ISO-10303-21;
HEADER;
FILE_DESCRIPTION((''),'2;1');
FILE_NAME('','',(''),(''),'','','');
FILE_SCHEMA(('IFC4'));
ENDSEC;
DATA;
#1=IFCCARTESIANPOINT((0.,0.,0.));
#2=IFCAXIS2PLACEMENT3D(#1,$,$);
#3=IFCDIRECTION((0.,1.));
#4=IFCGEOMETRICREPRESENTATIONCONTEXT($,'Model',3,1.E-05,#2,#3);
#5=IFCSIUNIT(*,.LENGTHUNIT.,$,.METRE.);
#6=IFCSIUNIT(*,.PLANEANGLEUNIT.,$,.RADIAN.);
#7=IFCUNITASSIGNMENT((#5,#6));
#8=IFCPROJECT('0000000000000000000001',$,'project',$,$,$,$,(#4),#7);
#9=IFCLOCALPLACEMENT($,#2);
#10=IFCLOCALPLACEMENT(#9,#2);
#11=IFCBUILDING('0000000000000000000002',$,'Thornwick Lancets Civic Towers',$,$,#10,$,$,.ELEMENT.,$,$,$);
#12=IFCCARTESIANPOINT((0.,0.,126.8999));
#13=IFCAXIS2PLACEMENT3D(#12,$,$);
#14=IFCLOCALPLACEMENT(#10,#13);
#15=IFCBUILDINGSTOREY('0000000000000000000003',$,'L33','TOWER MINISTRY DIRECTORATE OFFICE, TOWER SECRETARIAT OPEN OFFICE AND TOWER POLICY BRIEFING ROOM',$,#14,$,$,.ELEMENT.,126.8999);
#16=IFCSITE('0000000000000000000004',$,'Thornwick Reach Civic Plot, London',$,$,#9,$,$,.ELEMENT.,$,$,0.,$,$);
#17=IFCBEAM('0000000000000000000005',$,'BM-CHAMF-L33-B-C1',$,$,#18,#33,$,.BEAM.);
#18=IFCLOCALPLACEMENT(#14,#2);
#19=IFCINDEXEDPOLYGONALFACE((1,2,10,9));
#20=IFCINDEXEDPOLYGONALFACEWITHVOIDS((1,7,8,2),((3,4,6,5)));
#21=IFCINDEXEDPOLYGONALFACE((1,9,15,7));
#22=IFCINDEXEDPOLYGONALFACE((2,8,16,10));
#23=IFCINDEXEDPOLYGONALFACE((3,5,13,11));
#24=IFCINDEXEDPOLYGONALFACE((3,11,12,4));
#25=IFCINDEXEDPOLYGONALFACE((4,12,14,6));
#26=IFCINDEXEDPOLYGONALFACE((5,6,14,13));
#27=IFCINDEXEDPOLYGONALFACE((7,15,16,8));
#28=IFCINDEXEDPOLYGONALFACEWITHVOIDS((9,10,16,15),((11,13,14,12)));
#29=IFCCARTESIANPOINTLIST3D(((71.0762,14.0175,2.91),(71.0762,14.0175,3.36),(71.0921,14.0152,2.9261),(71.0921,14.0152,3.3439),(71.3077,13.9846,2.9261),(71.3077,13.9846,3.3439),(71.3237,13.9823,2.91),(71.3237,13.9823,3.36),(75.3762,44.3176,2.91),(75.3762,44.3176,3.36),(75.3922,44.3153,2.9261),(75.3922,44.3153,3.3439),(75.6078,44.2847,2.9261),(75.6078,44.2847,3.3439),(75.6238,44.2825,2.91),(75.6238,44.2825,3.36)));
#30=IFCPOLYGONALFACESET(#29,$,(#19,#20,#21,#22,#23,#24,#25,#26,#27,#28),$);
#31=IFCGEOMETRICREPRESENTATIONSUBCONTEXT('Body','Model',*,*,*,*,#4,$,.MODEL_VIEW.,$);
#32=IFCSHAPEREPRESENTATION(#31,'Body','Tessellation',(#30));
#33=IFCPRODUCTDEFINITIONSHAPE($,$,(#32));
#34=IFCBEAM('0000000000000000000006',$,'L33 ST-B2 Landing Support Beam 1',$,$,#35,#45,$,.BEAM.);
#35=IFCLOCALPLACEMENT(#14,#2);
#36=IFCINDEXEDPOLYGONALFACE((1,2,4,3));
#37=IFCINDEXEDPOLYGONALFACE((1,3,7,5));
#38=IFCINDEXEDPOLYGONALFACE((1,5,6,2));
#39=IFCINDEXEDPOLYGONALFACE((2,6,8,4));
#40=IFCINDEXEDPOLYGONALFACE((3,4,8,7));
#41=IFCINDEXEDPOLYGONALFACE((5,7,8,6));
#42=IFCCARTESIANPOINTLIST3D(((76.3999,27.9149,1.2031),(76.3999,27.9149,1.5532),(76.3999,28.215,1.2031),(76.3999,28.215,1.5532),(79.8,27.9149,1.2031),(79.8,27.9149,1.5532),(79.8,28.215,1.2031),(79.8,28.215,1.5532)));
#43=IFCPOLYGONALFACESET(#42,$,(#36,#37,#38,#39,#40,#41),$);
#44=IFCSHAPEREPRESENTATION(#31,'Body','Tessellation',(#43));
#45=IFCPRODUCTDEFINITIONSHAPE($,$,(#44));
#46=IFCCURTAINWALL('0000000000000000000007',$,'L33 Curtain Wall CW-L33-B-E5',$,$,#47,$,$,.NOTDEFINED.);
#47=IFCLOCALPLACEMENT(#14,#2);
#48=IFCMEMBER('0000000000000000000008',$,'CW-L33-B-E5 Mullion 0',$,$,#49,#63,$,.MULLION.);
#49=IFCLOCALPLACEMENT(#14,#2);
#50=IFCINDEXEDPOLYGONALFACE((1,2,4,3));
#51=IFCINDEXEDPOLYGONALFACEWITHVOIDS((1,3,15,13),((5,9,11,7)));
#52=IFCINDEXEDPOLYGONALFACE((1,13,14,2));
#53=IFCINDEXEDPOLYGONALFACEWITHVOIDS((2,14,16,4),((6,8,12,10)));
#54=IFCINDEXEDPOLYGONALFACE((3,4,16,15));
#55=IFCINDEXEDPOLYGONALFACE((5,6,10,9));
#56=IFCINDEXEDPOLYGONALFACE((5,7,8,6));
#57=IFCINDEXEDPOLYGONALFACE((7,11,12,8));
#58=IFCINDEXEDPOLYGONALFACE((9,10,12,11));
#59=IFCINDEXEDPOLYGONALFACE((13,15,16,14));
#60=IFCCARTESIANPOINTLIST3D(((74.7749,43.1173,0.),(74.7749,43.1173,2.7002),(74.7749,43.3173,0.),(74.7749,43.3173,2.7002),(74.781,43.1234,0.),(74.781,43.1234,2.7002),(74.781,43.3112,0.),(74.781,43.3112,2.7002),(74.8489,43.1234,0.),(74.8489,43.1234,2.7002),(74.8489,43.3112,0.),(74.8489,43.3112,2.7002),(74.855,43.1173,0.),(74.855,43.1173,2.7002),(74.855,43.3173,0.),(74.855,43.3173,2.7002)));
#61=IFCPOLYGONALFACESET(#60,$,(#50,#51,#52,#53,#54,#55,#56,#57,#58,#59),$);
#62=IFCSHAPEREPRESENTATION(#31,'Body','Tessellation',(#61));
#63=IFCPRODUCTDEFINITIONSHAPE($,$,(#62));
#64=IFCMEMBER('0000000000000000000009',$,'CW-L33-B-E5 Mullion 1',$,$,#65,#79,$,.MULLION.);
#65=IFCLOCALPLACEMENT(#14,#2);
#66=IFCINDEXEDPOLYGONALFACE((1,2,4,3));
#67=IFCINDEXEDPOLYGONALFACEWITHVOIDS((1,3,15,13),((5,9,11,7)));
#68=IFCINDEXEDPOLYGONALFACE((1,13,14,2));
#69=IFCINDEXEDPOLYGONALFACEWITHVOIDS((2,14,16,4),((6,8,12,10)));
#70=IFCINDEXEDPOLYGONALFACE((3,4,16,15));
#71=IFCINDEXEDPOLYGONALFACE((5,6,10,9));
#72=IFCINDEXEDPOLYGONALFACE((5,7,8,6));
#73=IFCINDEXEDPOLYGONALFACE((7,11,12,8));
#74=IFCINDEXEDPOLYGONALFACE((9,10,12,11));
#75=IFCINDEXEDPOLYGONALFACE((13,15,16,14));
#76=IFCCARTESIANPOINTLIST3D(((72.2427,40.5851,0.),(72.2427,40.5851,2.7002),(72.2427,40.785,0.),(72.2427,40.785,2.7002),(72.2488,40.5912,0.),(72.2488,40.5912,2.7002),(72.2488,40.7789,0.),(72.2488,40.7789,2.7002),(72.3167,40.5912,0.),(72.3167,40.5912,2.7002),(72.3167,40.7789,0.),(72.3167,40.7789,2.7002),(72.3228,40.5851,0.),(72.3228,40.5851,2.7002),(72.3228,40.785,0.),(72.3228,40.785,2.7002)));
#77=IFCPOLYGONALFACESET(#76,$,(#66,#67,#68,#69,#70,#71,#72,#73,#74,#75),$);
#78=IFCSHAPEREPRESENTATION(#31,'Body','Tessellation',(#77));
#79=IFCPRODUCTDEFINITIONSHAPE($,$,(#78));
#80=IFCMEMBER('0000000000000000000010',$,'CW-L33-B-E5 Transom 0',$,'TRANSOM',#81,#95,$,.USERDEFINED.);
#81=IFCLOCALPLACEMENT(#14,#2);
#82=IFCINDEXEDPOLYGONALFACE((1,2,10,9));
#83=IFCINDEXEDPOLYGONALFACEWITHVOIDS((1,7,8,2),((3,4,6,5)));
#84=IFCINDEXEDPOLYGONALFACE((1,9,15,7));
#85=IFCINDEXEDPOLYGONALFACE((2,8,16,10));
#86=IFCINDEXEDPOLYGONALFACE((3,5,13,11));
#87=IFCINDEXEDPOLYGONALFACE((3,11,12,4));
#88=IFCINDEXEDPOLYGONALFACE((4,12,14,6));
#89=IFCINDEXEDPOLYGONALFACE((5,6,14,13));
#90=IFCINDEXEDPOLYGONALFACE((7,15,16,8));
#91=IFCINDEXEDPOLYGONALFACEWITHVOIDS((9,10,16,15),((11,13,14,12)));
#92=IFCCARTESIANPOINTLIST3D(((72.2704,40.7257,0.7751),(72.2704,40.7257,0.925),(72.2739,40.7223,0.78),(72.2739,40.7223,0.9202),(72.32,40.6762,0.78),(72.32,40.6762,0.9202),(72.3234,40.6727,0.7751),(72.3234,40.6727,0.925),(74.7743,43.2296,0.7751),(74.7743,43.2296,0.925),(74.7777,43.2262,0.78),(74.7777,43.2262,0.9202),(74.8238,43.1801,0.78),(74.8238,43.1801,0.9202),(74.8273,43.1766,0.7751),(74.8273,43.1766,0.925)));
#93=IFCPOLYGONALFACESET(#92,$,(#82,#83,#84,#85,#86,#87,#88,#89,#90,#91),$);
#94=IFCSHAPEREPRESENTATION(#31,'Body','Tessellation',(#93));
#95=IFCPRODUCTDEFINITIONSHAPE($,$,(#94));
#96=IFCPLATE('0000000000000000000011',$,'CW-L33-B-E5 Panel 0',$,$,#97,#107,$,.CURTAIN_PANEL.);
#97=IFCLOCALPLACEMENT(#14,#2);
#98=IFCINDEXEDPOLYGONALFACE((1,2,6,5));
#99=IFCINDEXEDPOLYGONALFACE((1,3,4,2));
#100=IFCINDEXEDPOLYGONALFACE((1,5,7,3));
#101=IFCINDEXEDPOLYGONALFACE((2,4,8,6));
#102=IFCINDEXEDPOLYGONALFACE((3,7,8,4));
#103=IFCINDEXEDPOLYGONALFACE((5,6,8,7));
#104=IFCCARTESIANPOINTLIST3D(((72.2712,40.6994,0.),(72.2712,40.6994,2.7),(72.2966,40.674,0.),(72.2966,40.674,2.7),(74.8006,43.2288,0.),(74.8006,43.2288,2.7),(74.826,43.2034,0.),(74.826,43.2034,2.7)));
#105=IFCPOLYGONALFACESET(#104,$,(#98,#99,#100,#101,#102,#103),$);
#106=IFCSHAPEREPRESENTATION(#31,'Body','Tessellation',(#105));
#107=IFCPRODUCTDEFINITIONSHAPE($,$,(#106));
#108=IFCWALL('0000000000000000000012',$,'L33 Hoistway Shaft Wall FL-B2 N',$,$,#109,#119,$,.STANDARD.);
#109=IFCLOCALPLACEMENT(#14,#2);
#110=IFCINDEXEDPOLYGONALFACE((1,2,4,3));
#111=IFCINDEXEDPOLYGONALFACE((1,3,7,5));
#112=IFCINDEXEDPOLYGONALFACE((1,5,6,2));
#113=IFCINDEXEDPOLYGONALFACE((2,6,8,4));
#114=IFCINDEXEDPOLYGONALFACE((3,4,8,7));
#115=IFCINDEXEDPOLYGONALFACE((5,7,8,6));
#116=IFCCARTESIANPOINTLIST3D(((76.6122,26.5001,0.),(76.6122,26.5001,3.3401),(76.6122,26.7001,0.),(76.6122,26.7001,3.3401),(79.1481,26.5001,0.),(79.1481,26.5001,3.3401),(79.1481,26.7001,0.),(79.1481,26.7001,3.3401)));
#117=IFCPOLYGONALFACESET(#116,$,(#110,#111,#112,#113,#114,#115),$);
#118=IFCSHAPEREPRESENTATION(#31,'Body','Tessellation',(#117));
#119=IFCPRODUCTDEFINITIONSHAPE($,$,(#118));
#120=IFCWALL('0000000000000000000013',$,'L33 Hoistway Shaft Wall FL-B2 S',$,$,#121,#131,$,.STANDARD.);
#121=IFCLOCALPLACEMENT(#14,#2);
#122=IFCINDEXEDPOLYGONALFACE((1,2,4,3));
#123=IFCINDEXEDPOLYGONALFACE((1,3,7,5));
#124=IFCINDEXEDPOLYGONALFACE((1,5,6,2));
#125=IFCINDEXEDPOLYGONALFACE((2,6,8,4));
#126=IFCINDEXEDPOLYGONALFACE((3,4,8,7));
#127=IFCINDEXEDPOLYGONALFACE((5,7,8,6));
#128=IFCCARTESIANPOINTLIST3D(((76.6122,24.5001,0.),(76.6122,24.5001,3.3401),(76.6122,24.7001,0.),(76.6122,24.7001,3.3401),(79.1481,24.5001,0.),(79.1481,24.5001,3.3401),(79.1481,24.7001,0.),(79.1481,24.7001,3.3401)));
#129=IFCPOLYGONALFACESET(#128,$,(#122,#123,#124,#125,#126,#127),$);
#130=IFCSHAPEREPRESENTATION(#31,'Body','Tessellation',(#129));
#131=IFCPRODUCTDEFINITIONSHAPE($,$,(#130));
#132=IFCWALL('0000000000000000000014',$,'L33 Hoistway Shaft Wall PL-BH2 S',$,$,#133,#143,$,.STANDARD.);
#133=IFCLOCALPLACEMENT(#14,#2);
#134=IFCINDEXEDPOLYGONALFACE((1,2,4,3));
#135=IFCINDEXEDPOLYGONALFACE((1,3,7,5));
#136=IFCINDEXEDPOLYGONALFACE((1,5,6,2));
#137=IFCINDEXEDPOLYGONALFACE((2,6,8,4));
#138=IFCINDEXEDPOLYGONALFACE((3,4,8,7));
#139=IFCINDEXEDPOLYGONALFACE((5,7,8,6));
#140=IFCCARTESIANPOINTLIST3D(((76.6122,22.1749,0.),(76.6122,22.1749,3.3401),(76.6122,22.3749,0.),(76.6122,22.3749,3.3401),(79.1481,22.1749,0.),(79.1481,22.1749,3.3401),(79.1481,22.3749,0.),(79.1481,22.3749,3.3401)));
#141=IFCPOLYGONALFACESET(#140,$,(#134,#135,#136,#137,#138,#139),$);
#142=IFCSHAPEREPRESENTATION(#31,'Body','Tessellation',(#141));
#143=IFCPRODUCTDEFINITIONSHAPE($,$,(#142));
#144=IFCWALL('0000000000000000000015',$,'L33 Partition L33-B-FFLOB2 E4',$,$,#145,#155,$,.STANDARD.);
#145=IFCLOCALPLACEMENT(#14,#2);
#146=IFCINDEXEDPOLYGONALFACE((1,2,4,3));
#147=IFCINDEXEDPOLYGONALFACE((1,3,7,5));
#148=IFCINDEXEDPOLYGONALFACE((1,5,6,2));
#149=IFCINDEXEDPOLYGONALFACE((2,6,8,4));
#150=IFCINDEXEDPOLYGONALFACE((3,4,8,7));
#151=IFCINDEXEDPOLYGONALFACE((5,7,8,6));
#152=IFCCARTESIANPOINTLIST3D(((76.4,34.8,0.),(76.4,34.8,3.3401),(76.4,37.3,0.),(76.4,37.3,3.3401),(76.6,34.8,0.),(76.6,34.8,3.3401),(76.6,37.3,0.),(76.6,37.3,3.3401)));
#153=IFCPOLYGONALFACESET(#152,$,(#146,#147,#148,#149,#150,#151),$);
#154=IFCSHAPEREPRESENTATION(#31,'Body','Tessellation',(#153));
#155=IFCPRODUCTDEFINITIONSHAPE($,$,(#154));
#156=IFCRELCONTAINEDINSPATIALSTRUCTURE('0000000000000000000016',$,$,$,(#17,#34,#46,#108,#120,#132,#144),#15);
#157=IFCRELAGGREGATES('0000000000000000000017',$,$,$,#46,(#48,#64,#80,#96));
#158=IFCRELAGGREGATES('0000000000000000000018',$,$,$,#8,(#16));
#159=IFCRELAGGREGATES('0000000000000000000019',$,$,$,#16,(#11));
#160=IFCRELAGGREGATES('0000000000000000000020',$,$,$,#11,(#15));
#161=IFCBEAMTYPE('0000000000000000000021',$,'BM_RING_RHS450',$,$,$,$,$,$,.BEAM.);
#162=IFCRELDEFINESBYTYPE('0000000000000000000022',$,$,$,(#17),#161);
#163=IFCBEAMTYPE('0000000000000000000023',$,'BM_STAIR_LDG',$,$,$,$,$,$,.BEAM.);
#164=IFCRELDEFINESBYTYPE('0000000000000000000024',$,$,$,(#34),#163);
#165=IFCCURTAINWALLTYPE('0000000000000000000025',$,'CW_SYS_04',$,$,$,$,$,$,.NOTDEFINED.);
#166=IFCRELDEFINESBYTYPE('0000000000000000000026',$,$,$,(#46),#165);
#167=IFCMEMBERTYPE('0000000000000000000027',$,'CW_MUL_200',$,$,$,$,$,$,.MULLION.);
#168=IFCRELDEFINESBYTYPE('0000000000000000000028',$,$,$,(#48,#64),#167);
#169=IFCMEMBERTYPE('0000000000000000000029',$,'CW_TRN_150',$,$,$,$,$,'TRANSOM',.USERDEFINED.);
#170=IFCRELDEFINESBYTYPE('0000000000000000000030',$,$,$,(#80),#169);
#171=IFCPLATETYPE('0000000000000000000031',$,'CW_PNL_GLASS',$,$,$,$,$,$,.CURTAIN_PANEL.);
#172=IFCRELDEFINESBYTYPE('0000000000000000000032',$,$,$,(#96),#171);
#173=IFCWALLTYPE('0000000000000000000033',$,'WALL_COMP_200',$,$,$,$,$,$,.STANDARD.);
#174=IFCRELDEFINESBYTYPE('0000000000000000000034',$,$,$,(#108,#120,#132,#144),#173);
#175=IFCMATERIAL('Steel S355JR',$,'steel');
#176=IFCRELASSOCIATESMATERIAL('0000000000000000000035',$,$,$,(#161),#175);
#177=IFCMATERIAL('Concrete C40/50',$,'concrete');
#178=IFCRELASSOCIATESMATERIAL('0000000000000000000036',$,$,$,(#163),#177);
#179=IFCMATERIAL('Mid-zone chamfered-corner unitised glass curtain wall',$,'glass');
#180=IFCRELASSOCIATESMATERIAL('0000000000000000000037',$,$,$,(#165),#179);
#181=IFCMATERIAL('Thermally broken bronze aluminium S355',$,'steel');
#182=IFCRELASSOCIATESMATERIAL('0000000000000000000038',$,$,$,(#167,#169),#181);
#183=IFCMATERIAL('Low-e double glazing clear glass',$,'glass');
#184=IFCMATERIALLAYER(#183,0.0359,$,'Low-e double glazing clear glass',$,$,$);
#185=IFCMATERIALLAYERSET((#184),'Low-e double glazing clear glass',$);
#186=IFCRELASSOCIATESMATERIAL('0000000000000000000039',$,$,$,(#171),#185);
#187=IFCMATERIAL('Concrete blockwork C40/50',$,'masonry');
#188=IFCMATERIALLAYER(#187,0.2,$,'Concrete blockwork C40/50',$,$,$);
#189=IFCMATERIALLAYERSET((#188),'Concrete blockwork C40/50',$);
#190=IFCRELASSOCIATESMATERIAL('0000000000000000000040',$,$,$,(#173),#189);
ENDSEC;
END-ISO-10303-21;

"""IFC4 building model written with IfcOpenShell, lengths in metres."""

from ifc_helpers import new_model, si_unit, direction, frame, frame_2d, origin, origin_2d, place, context, subcontext, project, spatial, rectangle, hollow_rectangle, extrude, material, layer, layer_set, material_profile, profile_set, type_object, element, aggregate, save


model = new_model("IFC4")

# Units and contexts
model_context = context("Model", 3, precision=1e-05, world=origin(), true_north=direction((0.0, 1.0)))
body_context = subcontext(model_context, "Body", "Model", "MODEL_VIEW")
ifc_project = project(units=[si_unit("LENGTHUNIT", "METRE"), si_unit("PLANEANGLEUNIT", "RADIAN")], contexts=[model_context])

# Site, building, storey
site_placement = place(None, origin())
site = spatial("IfcSite", under=ifc_project, at=site_placement, Name="Thornwick Reach Civic Plot, London", CompositionType="ELEMENT", RefElevation=0.0)
building_placement = place(site_placement, origin())
building = spatial("IfcBuilding", under=site, at=building_placement, Name="Thornwick Lancets Civic Towers", CompositionType="ELEMENT")
storey_placement = place(building_placement, frame((0.0, 0.0, 126.8999)))
storey = spatial("IfcBuildingStorey", under=building, at=storey_placement, Name="L33", Description="TOWER MINISTRY DIRECTORATE OFFICE, TOWER SECRETARIAT OPEN OFFICE AND TOWER POLICY BRIEFING ROOM", CompositionType="ELEMENT", Elevation=126.8999)

# Beams
ifc_material_1 = material(Name="Steel S355JR", Category="steel")
ifc_material_profile_1 = material_profile(ifc_material_1, hollow_rectangle(XDim=0.25, YDim=0.45, WallThickness=0.0161, at=origin_2d()), Name="RHS 450x250x16")
ifc_profile_set_1 = profile_set([ifc_material_profile_1], Name="Steel S355JR")
beam_type_1 = type_object("IfcBeamType", Name="BM_RING_RHS450", PredefinedType="BEAM", material=ifc_profile_set_1)
for number, where, z_axis, x_axis, name in (
    (1, (75.5, 44.3, 3.135), (-0.140508, -0.99008, 0.0), (0.99008, -0.140508, 0.0), "BM-CHAMF-L33-B-C1"),
):
    element("IfcBeam", number, at=place(storey_placement, frame(where, z_axis=z_axis, x_axis=x_axis)), inside=storey, type_object=beam_type_1, Name=name, PredefinedType="BEAM", context=body_context, shape_type="SweptSolid", body=[
        extrude(hollow_rectangle(XDim=0.25, YDim=0.45, WallThickness=0.0161, at=origin_2d()), origin(), (0.0, 0.0, 1.0), 30.6038),
    ])
ifc_material_2 = material(Name="Concrete C40/50", Category="concrete")
ifc_material_profile_2 = material_profile(ifc_material_2, rectangle(XDim=0.3, YDim=0.3501, at=origin_2d()), Name="RC 300x350")
ifc_profile_set_2 = profile_set([ifc_material_profile_2], Name="Concrete C40/50")
beam_type_2 = type_object("IfcBeamType", Name="BM_STAIR_LDG", PredefinedType="BEAM", material=ifc_profile_set_2)
beam_1_placement = place(storey_placement, frame((76.3999, 28.0649, 1.3782), z_axis=(1.0, 0.0, 0.0), x_axis=(0.0, 1.0, 0.0)))
element("IfcBeam", 2, at=beam_1_placement, inside=storey, type_object=beam_type_2, Name="L33 ST-B2 Landing Support Beam 1", PredefinedType="BEAM", context=body_context, shape_type="SweptSolid", body=[
    extrude(rectangle(XDim=0.3, YDim=0.3501, at=origin_2d()), origin(), (0.0, 0.0, 1.0), 3.4001),
])

# Curtain wall, members, plate
ifc_material_3 = material(Name="Mid-zone chamfered-corner unitised glass curtain wall", Category="glass")
curtain_wall_type = type_object("IfcCurtainWallType", Name="CW_SYS_04", PredefinedType="NOTDEFINED", material=ifc_material_3)
curtain_wall_placement = place(storey_placement, origin())
curtain_wall = element("IfcCurtainWall", 3, at=curtain_wall_placement, inside=storey, type_object=curtain_wall_type, Name="L33 Curtain Wall CW-L33-B-E5", PredefinedType="NOTDEFINED")
ifc_material_4 = material(Name="Thermally broken bronze aluminium S355", Category="steel")
ifc_material_profile_3 = material_profile(ifc_material_4, hollow_rectangle(XDim=0.0801, YDim=0.2, WallThickness=0.0061, at=origin_2d()), Name="RHS 200x80x6")
ifc_profile_set_3 = profile_set([ifc_material_profile_3], Name="Thermally broken bronze aluminium S355")
member_type_1 = type_object("IfcMemberType", Name="CW_MUL_200", PredefinedType="MULLION", material=ifc_profile_set_3)
member_1_placement = place(storey_placement, frame((74.8149, 43.2173, 0.0), z_axis=(0.0, 0.0, 1.0), x_axis=(1.0, 0.0, 0.0)))
member_1 = element("IfcMember", 4, at=member_1_placement, type_object=member_type_1, Name="CW-L33-B-E5 Mullion 0", PredefinedType="MULLION", context=body_context, shape_type="SweptSolid", body=[
    extrude(hollow_rectangle(XDim=0.0801, YDim=0.2, WallThickness=0.0061, at=origin_2d()), origin(), (0.0, 0.0, 1.0), 2.7002),
])
member_2_placement = place(storey_placement, frame((72.2827, 40.6851, 0.0), z_axis=(0.0, 0.0, 1.0), x_axis=(1.0, 0.0, 0.0)))
member_2 = element("IfcMember", 5, at=member_2_placement, type_object=member_type_1, Name="CW-L33-B-E5 Mullion 1", PredefinedType="MULLION", context=body_context, shape_type="SweptSolid", body=[
    extrude(hollow_rectangle(XDim=0.0801, YDim=0.2, WallThickness=0.0061, at=origin_2d()), origin(), (0.0, 0.0, 1.0), 2.7002),
])
ifc_material_profile_4 = material_profile(ifc_material_4, hollow_rectangle(XDim=0.075, YDim=0.1499, WallThickness=0.0049, at=origin_2d()), Name="RHS 150x75x5")
ifc_profile_set_4 = profile_set([ifc_material_profile_4], Name="Thermally broken bronze aluminium S355")
member_type_2 = type_object("IfcMemberType", Name="CW_TRN_150", ElementType="TRANSOM", PredefinedType="USERDEFINED", material=ifc_profile_set_4)
member_3_placement = place(storey_placement, frame((74.8008, 43.2031, 0.8501), z_axis=(-0.707107, -0.707107, 0.0), x_axis=(0.707107, -0.707107, 0.0)))
member_3 = element("IfcMember", 6, at=member_3_placement, type_object=member_type_2, Name="CW-L33-B-E5 Transom 0", ObjectType="TRANSOM", PredefinedType="USERDEFINED", context=body_context, shape_type="SweptSolid", body=[
    extrude(hollow_rectangle(XDim=0.075, YDim=0.1499, WallThickness=0.0049, at=origin_2d()), origin(), (0.0, 0.0, 1.0), 3.541),
])
ifc_material_5 = material(Name="Low-e double glazing clear glass", Category="glass")
ifc_layer_1 = layer(ifc_material_5, 0.0359, Name="Low-e double glazing clear glass")
ifc_layer_set_1 = layer_set([ifc_layer_1], Name="Low-e double glazing clear glass")
plate_type = type_object("IfcPlateType", Name="CW_PNL_GLASS", PredefinedType="CURTAIN_PANEL", material=ifc_layer_set_1)
plate_placement = place(storey_placement, frame((73.5486, 41.9514, 0.0), z_axis=(0.0, 0.0, 1.0), x_axis=(-0.707107, -0.707107, 0.0)))
plate = element("IfcPlate", 7, at=plate_placement, type_object=plate_type, Name="CW-L33-B-E5 Panel 0", PredefinedType="CURTAIN_PANEL", context=body_context, shape_type="SweptSolid", body=[
    extrude(rectangle(XDim=3.5771, YDim=0.0359, at=origin_2d()), origin(), (0.0, 0.0, 1.0), 2.7),
])
aggregate(curtain_wall, [member_1, member_2, member_3, plate])

# Walls
ifc_material_6 = material(Name="Concrete blockwork C40/50", Category="masonry")
ifc_layer_2 = layer(ifc_material_6, 0.2, Name="Concrete blockwork C40/50")
ifc_layer_set_2 = layer_set([ifc_layer_2], Name="Concrete blockwork C40/50")
wall_type_1 = type_object("IfcWallType", Name="WALL_COMP_200", PredefinedType="STANDARD", material=ifc_layer_set_2)
for number, where, z_axis, x_axis, name in (
    (8, (76.6121, 26.6001, 0.0), (0.0, 0.0, 1.0), (1.0, 0.0, 0.0), "L33 Hoistway Shaft Wall FL-B2 N"),
    (9, (76.6121, 24.6001, 0.0), (0.0, 0.0, 1.0), (1.0, 0.0, 0.0), "L33 Hoistway Shaft Wall FL-B2 S"),
    (10, (76.6121, 22.2749, 0.0), (0.0, 0.0, 1.0), (1.0, 0.0, 0.0), "L33 Hoistway Shaft Wall PL-BH2 S"),
):
    element("IfcWall", number, at=place(storey_placement, frame(where, z_axis=z_axis, x_axis=x_axis)), inside=storey, type_object=wall_type_1, Name=name, PredefinedType="STANDARD", context=body_context, shape_type="SweptSolid", body=[
        extrude(rectangle(XDim=2.5359, YDim=0.2, at=frame_2d((1.2681, 0.0))), origin(), (0.0, 0.0, 1.0), 3.3401),
    ])
wall_1_placement = place(storey_placement, frame((76.5, 37.3, 0.0), z_axis=(0.0, 0.0, 1.0), x_axis=(0.0, -1.0, 0.0)))
element("IfcWall", 11, at=wall_1_placement, inside=storey, type_object=wall_type_1, Name="L33 Partition L33-B-FFLOB2 E4", PredefinedType="STANDARD", context=body_context, shape_type="SweptSolid", body=[
    extrude(rectangle(XDim=2.5, YDim=0.2, at=frame_2d((1.25, 0.0))), origin(), (0.0, 0.0, 1.0), 3.3401),
])

save(model, "model.ifc")
